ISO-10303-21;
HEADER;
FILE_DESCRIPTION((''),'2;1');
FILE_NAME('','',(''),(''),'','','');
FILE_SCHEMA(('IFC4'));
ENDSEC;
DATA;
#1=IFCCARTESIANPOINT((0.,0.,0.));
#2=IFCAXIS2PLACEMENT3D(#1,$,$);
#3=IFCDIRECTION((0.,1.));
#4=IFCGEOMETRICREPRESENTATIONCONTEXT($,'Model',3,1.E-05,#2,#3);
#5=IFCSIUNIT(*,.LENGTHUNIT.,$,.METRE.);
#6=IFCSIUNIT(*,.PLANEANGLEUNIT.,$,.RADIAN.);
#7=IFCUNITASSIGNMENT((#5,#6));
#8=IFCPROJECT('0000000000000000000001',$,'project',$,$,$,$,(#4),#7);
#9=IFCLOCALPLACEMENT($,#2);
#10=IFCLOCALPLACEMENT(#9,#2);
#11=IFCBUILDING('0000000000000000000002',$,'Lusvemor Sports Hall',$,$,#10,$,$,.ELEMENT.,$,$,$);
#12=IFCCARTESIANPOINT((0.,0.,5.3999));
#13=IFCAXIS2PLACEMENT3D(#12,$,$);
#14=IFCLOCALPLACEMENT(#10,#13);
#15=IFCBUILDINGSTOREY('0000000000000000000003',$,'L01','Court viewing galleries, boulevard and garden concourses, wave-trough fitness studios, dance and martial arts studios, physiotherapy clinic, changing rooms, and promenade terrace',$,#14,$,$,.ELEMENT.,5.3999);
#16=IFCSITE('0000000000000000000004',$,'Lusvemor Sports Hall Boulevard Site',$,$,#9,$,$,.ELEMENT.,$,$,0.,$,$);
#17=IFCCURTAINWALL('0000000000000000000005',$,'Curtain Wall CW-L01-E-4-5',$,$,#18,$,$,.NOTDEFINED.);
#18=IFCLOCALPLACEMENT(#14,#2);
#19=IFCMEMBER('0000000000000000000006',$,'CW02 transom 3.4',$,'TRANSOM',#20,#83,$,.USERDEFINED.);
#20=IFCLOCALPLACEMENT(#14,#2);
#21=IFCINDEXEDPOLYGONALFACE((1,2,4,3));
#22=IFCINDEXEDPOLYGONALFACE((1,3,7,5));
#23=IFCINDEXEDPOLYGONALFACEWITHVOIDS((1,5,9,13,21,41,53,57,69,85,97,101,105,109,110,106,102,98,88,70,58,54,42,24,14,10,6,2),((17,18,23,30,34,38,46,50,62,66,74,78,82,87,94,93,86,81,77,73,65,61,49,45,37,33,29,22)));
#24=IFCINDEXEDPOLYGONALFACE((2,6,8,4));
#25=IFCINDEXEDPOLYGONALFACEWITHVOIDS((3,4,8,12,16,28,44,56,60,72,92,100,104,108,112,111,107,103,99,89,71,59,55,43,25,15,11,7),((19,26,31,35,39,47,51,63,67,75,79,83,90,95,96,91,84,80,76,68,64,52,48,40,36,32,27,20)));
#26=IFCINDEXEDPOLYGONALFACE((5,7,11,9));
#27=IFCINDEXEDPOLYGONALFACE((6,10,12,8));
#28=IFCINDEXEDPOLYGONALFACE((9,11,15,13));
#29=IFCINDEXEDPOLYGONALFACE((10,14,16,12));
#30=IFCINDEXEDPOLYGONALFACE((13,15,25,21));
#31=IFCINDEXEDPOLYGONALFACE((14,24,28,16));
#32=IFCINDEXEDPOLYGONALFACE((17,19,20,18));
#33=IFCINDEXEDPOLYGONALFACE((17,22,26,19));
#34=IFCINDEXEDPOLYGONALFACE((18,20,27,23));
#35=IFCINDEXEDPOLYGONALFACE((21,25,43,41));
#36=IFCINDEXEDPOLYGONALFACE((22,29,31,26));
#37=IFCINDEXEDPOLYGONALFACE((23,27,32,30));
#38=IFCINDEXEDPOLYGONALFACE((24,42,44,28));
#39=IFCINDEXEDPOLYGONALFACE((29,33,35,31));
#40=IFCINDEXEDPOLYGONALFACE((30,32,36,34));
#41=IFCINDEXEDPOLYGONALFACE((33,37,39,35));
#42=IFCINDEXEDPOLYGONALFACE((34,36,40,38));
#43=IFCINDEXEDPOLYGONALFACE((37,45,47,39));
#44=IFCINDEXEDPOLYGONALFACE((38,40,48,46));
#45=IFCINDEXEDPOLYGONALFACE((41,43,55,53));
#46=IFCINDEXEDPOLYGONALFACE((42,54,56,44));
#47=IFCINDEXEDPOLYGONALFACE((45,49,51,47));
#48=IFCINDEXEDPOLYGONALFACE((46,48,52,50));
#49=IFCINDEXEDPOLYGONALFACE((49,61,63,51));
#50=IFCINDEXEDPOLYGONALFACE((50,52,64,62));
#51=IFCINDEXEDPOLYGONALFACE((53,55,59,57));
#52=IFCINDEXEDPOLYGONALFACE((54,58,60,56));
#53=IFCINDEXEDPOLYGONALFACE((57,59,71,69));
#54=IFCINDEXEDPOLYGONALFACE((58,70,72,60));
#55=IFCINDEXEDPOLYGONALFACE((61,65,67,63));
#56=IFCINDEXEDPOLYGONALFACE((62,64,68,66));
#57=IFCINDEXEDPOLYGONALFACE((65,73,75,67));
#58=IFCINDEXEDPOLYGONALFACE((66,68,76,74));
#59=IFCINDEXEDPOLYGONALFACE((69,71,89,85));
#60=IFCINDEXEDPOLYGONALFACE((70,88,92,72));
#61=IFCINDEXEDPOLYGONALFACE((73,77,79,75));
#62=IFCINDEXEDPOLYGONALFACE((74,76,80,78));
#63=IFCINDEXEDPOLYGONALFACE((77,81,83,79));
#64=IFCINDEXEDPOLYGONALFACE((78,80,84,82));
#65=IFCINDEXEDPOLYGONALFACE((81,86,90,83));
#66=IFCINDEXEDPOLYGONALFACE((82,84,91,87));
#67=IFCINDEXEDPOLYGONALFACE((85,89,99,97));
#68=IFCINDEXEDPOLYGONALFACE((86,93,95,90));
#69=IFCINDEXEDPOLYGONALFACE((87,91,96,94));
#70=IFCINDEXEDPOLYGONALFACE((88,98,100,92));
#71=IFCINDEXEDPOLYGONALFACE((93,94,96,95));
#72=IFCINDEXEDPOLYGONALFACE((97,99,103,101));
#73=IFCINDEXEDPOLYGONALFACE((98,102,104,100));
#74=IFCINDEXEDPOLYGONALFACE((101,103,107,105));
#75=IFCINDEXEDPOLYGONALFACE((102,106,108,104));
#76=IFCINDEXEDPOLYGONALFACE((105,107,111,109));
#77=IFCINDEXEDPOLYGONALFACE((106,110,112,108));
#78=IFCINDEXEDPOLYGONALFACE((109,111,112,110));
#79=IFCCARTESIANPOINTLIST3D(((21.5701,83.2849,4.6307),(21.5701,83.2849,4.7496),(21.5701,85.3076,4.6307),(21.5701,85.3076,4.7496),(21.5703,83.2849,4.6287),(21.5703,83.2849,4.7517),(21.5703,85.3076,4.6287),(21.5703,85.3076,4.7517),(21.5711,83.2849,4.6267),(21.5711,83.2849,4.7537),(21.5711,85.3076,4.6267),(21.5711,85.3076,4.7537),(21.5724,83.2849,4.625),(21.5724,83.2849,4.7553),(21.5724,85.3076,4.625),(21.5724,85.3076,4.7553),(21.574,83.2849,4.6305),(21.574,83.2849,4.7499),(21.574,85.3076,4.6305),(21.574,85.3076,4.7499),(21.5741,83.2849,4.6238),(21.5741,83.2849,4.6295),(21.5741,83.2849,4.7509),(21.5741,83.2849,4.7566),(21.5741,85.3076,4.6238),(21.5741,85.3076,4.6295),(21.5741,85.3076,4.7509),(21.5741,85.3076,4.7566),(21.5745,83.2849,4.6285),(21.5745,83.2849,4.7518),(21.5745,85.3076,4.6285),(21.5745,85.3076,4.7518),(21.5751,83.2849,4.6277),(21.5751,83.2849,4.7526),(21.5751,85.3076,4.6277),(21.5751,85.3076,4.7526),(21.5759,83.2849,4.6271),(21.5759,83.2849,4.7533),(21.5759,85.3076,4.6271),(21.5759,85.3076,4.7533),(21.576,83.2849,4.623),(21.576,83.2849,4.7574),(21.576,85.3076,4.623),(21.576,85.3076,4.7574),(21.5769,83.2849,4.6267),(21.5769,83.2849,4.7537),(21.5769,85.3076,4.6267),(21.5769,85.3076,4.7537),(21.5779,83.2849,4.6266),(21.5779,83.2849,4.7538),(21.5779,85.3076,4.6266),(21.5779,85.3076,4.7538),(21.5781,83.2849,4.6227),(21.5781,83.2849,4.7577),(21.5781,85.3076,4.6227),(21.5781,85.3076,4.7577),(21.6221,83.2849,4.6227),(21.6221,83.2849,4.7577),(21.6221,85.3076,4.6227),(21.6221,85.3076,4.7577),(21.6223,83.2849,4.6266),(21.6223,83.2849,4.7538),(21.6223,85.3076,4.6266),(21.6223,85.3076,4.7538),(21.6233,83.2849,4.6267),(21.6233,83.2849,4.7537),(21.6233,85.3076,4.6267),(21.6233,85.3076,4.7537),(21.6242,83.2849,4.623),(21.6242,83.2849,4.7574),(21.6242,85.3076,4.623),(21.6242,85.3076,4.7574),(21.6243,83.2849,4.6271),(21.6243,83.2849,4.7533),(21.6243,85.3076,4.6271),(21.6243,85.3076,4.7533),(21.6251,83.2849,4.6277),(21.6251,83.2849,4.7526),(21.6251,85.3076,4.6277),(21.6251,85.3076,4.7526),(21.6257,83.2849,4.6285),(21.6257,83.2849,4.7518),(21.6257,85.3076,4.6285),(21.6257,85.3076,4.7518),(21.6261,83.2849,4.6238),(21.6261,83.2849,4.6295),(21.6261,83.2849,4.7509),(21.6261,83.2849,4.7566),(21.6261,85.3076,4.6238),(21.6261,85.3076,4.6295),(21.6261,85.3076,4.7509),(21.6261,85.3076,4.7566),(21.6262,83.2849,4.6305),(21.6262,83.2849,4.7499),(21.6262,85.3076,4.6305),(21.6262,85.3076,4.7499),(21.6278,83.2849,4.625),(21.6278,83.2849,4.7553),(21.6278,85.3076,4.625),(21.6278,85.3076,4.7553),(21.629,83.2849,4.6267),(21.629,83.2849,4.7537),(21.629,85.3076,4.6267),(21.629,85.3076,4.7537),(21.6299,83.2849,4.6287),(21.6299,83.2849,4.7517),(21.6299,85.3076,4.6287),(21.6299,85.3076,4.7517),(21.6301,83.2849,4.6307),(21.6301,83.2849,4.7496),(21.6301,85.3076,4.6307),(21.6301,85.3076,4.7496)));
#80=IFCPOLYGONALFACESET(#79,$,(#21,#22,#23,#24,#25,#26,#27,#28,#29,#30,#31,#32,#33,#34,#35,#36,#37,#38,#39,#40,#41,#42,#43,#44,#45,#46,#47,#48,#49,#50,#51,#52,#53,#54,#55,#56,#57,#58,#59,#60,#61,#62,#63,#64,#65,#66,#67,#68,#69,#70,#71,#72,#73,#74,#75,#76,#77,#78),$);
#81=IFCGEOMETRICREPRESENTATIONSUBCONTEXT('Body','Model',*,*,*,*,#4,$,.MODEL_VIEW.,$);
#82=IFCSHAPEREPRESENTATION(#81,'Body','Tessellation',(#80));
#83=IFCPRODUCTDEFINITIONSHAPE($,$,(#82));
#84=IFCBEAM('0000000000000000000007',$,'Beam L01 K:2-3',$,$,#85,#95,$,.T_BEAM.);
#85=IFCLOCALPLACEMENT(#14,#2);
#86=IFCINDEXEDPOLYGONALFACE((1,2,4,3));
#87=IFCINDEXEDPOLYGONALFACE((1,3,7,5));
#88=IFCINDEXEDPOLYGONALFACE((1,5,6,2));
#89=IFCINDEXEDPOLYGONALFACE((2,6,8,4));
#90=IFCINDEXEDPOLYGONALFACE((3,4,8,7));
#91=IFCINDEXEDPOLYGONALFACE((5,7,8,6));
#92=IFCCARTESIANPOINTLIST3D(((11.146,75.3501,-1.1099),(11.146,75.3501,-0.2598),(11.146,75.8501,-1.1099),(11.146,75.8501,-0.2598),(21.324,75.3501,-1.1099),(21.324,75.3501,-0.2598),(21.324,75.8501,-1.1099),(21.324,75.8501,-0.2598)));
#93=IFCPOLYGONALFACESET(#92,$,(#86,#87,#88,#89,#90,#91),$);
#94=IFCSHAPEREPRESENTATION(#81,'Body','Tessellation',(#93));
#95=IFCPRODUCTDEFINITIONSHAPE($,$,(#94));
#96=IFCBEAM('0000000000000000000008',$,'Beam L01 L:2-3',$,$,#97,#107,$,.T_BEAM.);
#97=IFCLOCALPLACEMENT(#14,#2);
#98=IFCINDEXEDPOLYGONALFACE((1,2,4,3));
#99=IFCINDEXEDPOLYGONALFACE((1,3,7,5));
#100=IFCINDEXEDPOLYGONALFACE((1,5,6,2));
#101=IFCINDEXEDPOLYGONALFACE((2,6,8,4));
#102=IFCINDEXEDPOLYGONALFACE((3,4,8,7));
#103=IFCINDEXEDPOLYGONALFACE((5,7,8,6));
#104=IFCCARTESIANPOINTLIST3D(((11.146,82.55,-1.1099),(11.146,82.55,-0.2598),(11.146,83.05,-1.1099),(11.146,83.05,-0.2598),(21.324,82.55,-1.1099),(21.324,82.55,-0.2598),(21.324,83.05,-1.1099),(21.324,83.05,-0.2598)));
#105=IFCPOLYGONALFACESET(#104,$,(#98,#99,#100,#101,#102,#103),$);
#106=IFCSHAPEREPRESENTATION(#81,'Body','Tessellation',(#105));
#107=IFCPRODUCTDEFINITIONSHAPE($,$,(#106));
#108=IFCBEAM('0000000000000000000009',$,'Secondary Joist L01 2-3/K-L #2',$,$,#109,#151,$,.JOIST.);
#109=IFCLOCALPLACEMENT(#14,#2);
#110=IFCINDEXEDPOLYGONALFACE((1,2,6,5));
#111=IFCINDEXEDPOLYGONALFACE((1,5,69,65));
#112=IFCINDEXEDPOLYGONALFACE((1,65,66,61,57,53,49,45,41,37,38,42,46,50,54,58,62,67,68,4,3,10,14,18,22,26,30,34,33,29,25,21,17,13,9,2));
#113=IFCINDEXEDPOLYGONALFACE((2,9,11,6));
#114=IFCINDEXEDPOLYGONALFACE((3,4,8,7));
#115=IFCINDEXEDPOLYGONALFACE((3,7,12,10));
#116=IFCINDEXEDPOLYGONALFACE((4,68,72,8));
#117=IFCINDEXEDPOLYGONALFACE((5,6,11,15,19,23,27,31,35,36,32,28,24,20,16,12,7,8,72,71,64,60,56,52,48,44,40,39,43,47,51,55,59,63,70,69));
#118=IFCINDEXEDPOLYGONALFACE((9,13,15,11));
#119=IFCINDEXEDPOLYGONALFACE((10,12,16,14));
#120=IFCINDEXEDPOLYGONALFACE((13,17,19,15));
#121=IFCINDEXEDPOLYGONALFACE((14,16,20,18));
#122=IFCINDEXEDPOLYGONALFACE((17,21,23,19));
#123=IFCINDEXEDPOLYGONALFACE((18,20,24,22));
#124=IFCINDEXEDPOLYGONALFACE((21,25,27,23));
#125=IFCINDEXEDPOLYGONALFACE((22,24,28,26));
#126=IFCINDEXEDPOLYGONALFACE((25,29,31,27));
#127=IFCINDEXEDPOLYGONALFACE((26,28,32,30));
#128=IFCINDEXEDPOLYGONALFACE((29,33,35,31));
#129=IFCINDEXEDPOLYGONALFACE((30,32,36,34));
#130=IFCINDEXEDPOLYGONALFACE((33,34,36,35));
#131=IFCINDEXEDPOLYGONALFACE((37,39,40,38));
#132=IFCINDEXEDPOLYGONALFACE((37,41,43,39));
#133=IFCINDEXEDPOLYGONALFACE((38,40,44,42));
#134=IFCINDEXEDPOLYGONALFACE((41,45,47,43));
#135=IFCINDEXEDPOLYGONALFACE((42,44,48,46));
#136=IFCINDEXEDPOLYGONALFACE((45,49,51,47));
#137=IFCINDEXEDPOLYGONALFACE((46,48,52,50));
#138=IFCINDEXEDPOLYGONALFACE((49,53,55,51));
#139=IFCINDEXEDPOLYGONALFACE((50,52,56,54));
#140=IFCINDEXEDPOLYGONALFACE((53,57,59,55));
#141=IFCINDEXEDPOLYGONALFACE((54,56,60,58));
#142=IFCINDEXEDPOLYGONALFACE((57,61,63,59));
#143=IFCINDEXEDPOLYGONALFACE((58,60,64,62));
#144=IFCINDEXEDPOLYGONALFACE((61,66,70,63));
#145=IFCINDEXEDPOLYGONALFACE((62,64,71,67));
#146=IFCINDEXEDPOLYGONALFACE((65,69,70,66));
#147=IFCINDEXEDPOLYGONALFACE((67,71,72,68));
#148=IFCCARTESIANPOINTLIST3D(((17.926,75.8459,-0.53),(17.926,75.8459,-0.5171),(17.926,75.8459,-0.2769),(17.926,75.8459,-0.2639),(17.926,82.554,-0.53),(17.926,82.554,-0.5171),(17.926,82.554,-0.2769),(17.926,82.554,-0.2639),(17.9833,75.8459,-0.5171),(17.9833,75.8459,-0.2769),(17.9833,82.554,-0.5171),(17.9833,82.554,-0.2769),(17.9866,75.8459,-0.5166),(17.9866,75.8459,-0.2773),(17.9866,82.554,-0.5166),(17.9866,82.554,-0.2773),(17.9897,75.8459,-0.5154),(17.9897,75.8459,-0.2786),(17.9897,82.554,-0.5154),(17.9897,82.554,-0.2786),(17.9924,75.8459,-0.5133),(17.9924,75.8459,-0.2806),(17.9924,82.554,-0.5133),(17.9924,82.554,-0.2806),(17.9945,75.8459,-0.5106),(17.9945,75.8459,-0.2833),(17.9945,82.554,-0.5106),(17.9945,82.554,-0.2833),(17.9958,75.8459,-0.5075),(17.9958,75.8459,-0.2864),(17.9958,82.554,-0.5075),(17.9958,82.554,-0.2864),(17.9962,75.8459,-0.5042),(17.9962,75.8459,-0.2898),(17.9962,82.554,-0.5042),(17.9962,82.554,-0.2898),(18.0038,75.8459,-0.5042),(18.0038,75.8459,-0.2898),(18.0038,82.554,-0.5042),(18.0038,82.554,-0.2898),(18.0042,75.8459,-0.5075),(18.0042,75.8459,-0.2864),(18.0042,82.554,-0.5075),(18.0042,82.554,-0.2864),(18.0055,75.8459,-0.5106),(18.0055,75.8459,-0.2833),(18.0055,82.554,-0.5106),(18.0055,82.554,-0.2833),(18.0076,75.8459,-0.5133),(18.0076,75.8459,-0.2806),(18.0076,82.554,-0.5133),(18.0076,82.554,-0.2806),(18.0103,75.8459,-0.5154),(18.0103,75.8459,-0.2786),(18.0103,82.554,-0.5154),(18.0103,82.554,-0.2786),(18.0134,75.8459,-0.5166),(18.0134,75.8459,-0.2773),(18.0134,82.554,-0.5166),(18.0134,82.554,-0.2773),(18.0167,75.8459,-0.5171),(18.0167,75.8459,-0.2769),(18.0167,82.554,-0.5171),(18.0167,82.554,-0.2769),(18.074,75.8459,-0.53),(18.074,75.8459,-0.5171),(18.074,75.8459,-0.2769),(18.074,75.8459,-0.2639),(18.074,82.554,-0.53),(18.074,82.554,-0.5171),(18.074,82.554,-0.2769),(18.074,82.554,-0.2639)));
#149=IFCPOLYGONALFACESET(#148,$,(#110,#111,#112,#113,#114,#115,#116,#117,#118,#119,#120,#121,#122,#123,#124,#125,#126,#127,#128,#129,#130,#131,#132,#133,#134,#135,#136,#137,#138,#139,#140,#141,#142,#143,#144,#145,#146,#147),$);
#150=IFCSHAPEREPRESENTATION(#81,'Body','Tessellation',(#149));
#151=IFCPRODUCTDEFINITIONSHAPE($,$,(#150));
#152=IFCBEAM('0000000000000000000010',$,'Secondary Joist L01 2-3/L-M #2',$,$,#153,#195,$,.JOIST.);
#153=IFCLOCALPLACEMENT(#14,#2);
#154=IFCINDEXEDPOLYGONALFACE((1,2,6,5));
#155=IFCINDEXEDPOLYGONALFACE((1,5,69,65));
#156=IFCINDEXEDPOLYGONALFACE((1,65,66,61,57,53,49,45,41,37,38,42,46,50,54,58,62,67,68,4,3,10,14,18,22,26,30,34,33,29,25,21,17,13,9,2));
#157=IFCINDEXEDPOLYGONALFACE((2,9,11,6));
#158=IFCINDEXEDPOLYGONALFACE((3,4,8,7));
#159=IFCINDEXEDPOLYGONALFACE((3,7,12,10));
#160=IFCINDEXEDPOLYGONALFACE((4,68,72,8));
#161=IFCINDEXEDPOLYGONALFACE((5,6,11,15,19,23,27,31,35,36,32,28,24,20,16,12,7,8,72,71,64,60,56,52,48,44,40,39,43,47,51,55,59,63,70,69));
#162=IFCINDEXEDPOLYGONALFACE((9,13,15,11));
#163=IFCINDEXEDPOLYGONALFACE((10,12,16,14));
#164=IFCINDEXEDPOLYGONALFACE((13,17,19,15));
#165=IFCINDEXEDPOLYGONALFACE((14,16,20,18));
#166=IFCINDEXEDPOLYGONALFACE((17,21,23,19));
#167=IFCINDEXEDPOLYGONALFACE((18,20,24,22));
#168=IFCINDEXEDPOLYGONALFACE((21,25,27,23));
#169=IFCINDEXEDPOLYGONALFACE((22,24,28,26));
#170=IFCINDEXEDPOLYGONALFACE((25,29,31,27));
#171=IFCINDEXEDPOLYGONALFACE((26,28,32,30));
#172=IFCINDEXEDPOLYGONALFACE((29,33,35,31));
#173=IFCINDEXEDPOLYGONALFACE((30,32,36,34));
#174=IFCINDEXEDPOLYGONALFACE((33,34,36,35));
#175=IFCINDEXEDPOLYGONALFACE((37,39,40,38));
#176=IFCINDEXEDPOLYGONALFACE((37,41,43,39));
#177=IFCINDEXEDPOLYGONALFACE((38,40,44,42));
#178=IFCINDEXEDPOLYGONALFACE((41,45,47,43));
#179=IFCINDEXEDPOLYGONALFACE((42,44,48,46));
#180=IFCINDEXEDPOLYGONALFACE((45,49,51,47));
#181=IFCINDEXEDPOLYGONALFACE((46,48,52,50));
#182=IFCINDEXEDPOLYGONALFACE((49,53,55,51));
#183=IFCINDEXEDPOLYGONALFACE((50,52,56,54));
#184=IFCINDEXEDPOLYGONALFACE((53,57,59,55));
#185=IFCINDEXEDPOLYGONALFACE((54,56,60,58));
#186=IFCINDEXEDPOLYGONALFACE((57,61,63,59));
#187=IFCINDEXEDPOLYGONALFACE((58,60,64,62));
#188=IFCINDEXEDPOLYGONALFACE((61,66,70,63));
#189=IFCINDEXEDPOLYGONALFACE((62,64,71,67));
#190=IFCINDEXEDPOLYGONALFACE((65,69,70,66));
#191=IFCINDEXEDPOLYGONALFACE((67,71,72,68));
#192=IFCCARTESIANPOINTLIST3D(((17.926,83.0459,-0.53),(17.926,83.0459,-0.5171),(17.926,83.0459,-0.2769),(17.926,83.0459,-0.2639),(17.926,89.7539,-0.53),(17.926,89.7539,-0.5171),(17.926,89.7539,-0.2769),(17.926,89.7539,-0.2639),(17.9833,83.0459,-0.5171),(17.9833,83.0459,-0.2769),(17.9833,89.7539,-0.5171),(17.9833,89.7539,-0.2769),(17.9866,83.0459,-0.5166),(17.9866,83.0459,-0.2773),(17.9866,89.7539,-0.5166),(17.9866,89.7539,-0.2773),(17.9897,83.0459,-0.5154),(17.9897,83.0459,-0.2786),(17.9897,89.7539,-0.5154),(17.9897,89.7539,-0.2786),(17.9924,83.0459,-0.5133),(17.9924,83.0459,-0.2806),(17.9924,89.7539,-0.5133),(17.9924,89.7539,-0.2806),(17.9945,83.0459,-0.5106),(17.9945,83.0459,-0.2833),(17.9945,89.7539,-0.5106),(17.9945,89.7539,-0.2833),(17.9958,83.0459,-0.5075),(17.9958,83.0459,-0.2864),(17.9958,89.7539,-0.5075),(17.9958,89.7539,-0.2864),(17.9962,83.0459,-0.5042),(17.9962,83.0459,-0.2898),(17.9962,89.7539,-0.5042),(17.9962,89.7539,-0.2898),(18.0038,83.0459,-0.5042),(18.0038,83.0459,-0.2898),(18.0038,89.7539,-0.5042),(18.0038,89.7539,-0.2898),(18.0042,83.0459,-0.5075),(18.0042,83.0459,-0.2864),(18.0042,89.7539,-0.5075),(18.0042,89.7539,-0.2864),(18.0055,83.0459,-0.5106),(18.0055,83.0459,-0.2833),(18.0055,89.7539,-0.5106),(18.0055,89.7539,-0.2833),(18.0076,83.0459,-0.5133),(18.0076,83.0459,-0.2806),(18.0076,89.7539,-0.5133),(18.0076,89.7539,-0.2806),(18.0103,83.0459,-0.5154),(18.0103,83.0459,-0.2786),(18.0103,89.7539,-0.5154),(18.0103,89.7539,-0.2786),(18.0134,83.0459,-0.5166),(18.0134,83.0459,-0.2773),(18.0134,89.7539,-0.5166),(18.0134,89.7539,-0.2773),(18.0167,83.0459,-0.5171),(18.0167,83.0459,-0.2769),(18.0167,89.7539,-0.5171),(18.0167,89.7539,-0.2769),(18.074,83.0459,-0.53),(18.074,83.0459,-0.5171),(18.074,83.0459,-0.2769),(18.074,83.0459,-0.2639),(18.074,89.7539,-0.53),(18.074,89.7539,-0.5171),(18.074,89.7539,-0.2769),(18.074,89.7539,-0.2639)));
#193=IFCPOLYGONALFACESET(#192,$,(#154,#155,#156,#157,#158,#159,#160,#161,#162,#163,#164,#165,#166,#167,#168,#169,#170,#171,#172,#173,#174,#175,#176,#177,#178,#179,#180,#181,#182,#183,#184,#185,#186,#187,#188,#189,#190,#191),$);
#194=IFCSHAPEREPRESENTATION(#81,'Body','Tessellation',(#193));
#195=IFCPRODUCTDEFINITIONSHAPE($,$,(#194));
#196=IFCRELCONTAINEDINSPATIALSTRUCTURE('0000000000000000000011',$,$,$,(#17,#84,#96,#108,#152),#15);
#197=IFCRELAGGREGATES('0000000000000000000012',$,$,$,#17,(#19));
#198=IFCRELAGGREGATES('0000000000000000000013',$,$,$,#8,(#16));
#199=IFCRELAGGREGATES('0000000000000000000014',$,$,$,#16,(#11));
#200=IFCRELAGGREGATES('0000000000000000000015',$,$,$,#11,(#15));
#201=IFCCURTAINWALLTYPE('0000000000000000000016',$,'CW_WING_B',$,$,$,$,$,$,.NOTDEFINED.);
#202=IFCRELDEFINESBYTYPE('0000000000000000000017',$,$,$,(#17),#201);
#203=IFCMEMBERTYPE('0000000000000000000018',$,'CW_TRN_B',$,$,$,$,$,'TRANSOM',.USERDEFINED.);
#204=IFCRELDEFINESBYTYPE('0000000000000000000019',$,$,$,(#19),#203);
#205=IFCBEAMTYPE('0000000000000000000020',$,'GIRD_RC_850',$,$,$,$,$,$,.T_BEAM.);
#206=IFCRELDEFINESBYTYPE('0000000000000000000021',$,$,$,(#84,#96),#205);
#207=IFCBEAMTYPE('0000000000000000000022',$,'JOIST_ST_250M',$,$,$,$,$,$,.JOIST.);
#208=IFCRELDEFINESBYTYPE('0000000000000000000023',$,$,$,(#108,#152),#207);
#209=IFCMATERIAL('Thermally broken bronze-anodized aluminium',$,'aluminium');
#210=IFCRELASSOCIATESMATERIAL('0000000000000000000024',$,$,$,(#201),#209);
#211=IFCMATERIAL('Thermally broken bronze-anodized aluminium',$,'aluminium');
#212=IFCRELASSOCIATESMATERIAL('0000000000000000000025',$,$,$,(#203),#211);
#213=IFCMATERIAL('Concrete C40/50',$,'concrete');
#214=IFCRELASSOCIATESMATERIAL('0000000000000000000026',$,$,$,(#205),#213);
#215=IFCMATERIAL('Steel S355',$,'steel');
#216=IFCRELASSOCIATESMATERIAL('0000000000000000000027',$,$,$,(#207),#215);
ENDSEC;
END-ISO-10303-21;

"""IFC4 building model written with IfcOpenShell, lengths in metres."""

from ifc_helpers import new_model, si_unit, direction, frame, origin, origin_2d, place, context, subcontext, project, spatial, rectangle, hollow_rectangle, i_section, extrude, material, material_profile, profile_set, type_object, element, aggregate, save


model = new_model("IFC4")

# Units and contexts
model_context = context("Model", 3, precision=1e-05, world=origin(), true_north=direction((0.0, 1.0)))
body_context = subcontext(model_context, "Body", "Model", "MODEL_VIEW")
ifc_project = project(units=[si_unit("LENGTHUNIT", "METRE"), si_unit("PLANEANGLEUNIT", "RADIAN")], contexts=[model_context])

# Site, building, storey
site_placement = place(None, origin())
site = spatial("IfcSite", under=ifc_project, at=site_placement, Name="Lusvemor Sports Hall Boulevard Site", CompositionType="ELEMENT", RefElevation=0.0)
building_placement = place(site_placement, origin())
building = spatial("IfcBuilding", under=site, at=building_placement, Name="Lusvemor Sports Hall", CompositionType="ELEMENT")
storey_placement = place(building_placement, frame((0.0, 0.0, 5.3999)))
storey = spatial("IfcBuildingStorey", under=building, at=storey_placement, Name="L01", Description="Court viewing galleries, boulevard and garden concourses, wave-trough fitness studios, dance and martial arts studios, physiotherapy clinic, changing rooms, and promenade terrace", CompositionType="ELEMENT", Elevation=5.3999)

# Curtain wall
ifc_material_1 = material(Name="Thermally broken bronze-anodized aluminium", Category="aluminium")
curtain_wall_type = type_object("IfcCurtainWallType", Name="CW_WING_B", PredefinedType="NOTDEFINED", material=ifc_material_1)
curtain_wall_1_placement = place(storey_placement, origin())
curtain_wall_1 = element("IfcCurtainWall", 1, at=curtain_wall_1_placement, inside=storey, type_object=curtain_wall_type, Name="Curtain Wall CW-L01-E-4-5", PredefinedType="NOTDEFINED")

# Member
ifc_material_2 = material(Name="Thermally broken bronze-anodized aluminium", Category="aluminium")
ifc_material_profile_1 = material_profile(ifc_material_2, hollow_rectangle(XDim=0.0601, YDim=0.135, WallThickness=0.0039, InnerFilletRadius=0.0039, OuterFilletRadius=0.0081, at=origin_2d()), Name="CWTRN135x60x4")
ifc_profile_set_1 = profile_set([ifc_material_profile_1], Name="Thermally broken bronze-anodized aluminium")
member_type_1 = type_object("IfcMemberType", Name="CW_TRN_B", ElementType="TRANSOM", PredefinedType="USERDEFINED", material=ifc_profile_set_1)
member_1_placement = place(storey_placement, frame((21.6001, 85.3076, 4.6902), z_axis=(0.0, -1.0, 0.0), x_axis=(1.0, 0.0, 0.0)))
member_1 = element("IfcMember", 2, at=member_1_placement, type_object=member_type_1, Name="CW02 transom 3.4", ObjectType="TRANSOM", PredefinedType="USERDEFINED", context=body_context, shape_type="SweptSolid", body=[
    extrude(hollow_rectangle(XDim=0.0601, YDim=0.135, WallThickness=0.0039, InnerFilletRadius=0.0039, OuterFilletRadius=0.0081, at=origin_2d()), origin(), (0.0, 0.0, 1.0), 2.0227),
])

# Beams
ifc_material_3 = material(Name="Concrete C40/50", Category="concrete")
ifc_material_profile_2 = material_profile(ifc_material_3, rectangle(XDim=0.5, YDim=0.8501, at=origin_2d()), Name="RC500x850")
ifc_profile_set_2 = profile_set([ifc_material_profile_2], Name="Concrete C40/50")
beam_type_1 = type_object("IfcBeamType", Name="GIRD_RC_850", PredefinedType="T_BEAM", material=ifc_profile_set_2)
for number, where, z_axis, x_axis, name in (
    (3, (11.146, 75.6001, -0.6848), (1.0, 0.0, 0.0), (0.0, 1.0, 0.0), "Beam L01 K:2-3"),
    (4, (11.146, 82.8, -0.6848), (1.0, 0.0, 0.0), (0.0, 1.0, 0.0), "Beam L01 L:2-3"),
):
    element("IfcBeam", number, at=place(storey_placement, frame(where, z_axis=z_axis, x_axis=x_axis)), inside=storey, type_object=beam_type_1, Name=name, PredefinedType="T_BEAM", context=body_context, shape_type="SweptSolid", body=[
        extrude(rectangle(XDim=0.5, YDim=0.8501, at=origin_2d()), origin(), (0.0, 0.0, 1.0), 10.178),
    ])
ifc_material_4 = material(Name="Steel S355", Category="steel")
ifc_material_profile_3 = material_profile(ifc_material_4, i_section(OverallWidth=0.1479, OverallDepth=0.2661, WebThickness=0.0076, FlangeThickness=0.0129, FilletRadius=0.0129, at=origin_2d()), Name="W250x44.8")
ifc_profile_set_3 = profile_set([ifc_material_profile_3], Name="Steel S355")
beam_type_2 = type_object("IfcBeamType", Name="JOIST_ST_250M", PredefinedType="JOIST", material=ifc_profile_set_3)
for number, where, z_axis, x_axis, name in (
    (5, (18.0, 75.8459, -0.397), (0.0, 1.0, 0.0), (-1.0, 0.0, 0.0), "Secondary Joist L01 2-3/K-L #2"),
    (6, (18.0, 83.0459, -0.397), (0.0, 1.0, 0.0), (-1.0, 0.0, 0.0), "Secondary Joist L01 2-3/L-M #2"),
):
    element("IfcBeam", number, at=place(storey_placement, frame(where, z_axis=z_axis, x_axis=x_axis)), inside=storey, type_object=beam_type_2, Name=name, PredefinedType="JOIST", context=body_context, shape_type="SweptSolid", body=[
        extrude(i_section(OverallWidth=0.1479, OverallDepth=0.2661, WebThickness=0.0076, FlangeThickness=0.0129, FilletRadius=0.0129, at=origin_2d()), origin(), (0.0, 0.0, 1.0), 6.708),
    ])

aggregate(curtain_wall_1, [member_1])

save(model, "model.ifc")
